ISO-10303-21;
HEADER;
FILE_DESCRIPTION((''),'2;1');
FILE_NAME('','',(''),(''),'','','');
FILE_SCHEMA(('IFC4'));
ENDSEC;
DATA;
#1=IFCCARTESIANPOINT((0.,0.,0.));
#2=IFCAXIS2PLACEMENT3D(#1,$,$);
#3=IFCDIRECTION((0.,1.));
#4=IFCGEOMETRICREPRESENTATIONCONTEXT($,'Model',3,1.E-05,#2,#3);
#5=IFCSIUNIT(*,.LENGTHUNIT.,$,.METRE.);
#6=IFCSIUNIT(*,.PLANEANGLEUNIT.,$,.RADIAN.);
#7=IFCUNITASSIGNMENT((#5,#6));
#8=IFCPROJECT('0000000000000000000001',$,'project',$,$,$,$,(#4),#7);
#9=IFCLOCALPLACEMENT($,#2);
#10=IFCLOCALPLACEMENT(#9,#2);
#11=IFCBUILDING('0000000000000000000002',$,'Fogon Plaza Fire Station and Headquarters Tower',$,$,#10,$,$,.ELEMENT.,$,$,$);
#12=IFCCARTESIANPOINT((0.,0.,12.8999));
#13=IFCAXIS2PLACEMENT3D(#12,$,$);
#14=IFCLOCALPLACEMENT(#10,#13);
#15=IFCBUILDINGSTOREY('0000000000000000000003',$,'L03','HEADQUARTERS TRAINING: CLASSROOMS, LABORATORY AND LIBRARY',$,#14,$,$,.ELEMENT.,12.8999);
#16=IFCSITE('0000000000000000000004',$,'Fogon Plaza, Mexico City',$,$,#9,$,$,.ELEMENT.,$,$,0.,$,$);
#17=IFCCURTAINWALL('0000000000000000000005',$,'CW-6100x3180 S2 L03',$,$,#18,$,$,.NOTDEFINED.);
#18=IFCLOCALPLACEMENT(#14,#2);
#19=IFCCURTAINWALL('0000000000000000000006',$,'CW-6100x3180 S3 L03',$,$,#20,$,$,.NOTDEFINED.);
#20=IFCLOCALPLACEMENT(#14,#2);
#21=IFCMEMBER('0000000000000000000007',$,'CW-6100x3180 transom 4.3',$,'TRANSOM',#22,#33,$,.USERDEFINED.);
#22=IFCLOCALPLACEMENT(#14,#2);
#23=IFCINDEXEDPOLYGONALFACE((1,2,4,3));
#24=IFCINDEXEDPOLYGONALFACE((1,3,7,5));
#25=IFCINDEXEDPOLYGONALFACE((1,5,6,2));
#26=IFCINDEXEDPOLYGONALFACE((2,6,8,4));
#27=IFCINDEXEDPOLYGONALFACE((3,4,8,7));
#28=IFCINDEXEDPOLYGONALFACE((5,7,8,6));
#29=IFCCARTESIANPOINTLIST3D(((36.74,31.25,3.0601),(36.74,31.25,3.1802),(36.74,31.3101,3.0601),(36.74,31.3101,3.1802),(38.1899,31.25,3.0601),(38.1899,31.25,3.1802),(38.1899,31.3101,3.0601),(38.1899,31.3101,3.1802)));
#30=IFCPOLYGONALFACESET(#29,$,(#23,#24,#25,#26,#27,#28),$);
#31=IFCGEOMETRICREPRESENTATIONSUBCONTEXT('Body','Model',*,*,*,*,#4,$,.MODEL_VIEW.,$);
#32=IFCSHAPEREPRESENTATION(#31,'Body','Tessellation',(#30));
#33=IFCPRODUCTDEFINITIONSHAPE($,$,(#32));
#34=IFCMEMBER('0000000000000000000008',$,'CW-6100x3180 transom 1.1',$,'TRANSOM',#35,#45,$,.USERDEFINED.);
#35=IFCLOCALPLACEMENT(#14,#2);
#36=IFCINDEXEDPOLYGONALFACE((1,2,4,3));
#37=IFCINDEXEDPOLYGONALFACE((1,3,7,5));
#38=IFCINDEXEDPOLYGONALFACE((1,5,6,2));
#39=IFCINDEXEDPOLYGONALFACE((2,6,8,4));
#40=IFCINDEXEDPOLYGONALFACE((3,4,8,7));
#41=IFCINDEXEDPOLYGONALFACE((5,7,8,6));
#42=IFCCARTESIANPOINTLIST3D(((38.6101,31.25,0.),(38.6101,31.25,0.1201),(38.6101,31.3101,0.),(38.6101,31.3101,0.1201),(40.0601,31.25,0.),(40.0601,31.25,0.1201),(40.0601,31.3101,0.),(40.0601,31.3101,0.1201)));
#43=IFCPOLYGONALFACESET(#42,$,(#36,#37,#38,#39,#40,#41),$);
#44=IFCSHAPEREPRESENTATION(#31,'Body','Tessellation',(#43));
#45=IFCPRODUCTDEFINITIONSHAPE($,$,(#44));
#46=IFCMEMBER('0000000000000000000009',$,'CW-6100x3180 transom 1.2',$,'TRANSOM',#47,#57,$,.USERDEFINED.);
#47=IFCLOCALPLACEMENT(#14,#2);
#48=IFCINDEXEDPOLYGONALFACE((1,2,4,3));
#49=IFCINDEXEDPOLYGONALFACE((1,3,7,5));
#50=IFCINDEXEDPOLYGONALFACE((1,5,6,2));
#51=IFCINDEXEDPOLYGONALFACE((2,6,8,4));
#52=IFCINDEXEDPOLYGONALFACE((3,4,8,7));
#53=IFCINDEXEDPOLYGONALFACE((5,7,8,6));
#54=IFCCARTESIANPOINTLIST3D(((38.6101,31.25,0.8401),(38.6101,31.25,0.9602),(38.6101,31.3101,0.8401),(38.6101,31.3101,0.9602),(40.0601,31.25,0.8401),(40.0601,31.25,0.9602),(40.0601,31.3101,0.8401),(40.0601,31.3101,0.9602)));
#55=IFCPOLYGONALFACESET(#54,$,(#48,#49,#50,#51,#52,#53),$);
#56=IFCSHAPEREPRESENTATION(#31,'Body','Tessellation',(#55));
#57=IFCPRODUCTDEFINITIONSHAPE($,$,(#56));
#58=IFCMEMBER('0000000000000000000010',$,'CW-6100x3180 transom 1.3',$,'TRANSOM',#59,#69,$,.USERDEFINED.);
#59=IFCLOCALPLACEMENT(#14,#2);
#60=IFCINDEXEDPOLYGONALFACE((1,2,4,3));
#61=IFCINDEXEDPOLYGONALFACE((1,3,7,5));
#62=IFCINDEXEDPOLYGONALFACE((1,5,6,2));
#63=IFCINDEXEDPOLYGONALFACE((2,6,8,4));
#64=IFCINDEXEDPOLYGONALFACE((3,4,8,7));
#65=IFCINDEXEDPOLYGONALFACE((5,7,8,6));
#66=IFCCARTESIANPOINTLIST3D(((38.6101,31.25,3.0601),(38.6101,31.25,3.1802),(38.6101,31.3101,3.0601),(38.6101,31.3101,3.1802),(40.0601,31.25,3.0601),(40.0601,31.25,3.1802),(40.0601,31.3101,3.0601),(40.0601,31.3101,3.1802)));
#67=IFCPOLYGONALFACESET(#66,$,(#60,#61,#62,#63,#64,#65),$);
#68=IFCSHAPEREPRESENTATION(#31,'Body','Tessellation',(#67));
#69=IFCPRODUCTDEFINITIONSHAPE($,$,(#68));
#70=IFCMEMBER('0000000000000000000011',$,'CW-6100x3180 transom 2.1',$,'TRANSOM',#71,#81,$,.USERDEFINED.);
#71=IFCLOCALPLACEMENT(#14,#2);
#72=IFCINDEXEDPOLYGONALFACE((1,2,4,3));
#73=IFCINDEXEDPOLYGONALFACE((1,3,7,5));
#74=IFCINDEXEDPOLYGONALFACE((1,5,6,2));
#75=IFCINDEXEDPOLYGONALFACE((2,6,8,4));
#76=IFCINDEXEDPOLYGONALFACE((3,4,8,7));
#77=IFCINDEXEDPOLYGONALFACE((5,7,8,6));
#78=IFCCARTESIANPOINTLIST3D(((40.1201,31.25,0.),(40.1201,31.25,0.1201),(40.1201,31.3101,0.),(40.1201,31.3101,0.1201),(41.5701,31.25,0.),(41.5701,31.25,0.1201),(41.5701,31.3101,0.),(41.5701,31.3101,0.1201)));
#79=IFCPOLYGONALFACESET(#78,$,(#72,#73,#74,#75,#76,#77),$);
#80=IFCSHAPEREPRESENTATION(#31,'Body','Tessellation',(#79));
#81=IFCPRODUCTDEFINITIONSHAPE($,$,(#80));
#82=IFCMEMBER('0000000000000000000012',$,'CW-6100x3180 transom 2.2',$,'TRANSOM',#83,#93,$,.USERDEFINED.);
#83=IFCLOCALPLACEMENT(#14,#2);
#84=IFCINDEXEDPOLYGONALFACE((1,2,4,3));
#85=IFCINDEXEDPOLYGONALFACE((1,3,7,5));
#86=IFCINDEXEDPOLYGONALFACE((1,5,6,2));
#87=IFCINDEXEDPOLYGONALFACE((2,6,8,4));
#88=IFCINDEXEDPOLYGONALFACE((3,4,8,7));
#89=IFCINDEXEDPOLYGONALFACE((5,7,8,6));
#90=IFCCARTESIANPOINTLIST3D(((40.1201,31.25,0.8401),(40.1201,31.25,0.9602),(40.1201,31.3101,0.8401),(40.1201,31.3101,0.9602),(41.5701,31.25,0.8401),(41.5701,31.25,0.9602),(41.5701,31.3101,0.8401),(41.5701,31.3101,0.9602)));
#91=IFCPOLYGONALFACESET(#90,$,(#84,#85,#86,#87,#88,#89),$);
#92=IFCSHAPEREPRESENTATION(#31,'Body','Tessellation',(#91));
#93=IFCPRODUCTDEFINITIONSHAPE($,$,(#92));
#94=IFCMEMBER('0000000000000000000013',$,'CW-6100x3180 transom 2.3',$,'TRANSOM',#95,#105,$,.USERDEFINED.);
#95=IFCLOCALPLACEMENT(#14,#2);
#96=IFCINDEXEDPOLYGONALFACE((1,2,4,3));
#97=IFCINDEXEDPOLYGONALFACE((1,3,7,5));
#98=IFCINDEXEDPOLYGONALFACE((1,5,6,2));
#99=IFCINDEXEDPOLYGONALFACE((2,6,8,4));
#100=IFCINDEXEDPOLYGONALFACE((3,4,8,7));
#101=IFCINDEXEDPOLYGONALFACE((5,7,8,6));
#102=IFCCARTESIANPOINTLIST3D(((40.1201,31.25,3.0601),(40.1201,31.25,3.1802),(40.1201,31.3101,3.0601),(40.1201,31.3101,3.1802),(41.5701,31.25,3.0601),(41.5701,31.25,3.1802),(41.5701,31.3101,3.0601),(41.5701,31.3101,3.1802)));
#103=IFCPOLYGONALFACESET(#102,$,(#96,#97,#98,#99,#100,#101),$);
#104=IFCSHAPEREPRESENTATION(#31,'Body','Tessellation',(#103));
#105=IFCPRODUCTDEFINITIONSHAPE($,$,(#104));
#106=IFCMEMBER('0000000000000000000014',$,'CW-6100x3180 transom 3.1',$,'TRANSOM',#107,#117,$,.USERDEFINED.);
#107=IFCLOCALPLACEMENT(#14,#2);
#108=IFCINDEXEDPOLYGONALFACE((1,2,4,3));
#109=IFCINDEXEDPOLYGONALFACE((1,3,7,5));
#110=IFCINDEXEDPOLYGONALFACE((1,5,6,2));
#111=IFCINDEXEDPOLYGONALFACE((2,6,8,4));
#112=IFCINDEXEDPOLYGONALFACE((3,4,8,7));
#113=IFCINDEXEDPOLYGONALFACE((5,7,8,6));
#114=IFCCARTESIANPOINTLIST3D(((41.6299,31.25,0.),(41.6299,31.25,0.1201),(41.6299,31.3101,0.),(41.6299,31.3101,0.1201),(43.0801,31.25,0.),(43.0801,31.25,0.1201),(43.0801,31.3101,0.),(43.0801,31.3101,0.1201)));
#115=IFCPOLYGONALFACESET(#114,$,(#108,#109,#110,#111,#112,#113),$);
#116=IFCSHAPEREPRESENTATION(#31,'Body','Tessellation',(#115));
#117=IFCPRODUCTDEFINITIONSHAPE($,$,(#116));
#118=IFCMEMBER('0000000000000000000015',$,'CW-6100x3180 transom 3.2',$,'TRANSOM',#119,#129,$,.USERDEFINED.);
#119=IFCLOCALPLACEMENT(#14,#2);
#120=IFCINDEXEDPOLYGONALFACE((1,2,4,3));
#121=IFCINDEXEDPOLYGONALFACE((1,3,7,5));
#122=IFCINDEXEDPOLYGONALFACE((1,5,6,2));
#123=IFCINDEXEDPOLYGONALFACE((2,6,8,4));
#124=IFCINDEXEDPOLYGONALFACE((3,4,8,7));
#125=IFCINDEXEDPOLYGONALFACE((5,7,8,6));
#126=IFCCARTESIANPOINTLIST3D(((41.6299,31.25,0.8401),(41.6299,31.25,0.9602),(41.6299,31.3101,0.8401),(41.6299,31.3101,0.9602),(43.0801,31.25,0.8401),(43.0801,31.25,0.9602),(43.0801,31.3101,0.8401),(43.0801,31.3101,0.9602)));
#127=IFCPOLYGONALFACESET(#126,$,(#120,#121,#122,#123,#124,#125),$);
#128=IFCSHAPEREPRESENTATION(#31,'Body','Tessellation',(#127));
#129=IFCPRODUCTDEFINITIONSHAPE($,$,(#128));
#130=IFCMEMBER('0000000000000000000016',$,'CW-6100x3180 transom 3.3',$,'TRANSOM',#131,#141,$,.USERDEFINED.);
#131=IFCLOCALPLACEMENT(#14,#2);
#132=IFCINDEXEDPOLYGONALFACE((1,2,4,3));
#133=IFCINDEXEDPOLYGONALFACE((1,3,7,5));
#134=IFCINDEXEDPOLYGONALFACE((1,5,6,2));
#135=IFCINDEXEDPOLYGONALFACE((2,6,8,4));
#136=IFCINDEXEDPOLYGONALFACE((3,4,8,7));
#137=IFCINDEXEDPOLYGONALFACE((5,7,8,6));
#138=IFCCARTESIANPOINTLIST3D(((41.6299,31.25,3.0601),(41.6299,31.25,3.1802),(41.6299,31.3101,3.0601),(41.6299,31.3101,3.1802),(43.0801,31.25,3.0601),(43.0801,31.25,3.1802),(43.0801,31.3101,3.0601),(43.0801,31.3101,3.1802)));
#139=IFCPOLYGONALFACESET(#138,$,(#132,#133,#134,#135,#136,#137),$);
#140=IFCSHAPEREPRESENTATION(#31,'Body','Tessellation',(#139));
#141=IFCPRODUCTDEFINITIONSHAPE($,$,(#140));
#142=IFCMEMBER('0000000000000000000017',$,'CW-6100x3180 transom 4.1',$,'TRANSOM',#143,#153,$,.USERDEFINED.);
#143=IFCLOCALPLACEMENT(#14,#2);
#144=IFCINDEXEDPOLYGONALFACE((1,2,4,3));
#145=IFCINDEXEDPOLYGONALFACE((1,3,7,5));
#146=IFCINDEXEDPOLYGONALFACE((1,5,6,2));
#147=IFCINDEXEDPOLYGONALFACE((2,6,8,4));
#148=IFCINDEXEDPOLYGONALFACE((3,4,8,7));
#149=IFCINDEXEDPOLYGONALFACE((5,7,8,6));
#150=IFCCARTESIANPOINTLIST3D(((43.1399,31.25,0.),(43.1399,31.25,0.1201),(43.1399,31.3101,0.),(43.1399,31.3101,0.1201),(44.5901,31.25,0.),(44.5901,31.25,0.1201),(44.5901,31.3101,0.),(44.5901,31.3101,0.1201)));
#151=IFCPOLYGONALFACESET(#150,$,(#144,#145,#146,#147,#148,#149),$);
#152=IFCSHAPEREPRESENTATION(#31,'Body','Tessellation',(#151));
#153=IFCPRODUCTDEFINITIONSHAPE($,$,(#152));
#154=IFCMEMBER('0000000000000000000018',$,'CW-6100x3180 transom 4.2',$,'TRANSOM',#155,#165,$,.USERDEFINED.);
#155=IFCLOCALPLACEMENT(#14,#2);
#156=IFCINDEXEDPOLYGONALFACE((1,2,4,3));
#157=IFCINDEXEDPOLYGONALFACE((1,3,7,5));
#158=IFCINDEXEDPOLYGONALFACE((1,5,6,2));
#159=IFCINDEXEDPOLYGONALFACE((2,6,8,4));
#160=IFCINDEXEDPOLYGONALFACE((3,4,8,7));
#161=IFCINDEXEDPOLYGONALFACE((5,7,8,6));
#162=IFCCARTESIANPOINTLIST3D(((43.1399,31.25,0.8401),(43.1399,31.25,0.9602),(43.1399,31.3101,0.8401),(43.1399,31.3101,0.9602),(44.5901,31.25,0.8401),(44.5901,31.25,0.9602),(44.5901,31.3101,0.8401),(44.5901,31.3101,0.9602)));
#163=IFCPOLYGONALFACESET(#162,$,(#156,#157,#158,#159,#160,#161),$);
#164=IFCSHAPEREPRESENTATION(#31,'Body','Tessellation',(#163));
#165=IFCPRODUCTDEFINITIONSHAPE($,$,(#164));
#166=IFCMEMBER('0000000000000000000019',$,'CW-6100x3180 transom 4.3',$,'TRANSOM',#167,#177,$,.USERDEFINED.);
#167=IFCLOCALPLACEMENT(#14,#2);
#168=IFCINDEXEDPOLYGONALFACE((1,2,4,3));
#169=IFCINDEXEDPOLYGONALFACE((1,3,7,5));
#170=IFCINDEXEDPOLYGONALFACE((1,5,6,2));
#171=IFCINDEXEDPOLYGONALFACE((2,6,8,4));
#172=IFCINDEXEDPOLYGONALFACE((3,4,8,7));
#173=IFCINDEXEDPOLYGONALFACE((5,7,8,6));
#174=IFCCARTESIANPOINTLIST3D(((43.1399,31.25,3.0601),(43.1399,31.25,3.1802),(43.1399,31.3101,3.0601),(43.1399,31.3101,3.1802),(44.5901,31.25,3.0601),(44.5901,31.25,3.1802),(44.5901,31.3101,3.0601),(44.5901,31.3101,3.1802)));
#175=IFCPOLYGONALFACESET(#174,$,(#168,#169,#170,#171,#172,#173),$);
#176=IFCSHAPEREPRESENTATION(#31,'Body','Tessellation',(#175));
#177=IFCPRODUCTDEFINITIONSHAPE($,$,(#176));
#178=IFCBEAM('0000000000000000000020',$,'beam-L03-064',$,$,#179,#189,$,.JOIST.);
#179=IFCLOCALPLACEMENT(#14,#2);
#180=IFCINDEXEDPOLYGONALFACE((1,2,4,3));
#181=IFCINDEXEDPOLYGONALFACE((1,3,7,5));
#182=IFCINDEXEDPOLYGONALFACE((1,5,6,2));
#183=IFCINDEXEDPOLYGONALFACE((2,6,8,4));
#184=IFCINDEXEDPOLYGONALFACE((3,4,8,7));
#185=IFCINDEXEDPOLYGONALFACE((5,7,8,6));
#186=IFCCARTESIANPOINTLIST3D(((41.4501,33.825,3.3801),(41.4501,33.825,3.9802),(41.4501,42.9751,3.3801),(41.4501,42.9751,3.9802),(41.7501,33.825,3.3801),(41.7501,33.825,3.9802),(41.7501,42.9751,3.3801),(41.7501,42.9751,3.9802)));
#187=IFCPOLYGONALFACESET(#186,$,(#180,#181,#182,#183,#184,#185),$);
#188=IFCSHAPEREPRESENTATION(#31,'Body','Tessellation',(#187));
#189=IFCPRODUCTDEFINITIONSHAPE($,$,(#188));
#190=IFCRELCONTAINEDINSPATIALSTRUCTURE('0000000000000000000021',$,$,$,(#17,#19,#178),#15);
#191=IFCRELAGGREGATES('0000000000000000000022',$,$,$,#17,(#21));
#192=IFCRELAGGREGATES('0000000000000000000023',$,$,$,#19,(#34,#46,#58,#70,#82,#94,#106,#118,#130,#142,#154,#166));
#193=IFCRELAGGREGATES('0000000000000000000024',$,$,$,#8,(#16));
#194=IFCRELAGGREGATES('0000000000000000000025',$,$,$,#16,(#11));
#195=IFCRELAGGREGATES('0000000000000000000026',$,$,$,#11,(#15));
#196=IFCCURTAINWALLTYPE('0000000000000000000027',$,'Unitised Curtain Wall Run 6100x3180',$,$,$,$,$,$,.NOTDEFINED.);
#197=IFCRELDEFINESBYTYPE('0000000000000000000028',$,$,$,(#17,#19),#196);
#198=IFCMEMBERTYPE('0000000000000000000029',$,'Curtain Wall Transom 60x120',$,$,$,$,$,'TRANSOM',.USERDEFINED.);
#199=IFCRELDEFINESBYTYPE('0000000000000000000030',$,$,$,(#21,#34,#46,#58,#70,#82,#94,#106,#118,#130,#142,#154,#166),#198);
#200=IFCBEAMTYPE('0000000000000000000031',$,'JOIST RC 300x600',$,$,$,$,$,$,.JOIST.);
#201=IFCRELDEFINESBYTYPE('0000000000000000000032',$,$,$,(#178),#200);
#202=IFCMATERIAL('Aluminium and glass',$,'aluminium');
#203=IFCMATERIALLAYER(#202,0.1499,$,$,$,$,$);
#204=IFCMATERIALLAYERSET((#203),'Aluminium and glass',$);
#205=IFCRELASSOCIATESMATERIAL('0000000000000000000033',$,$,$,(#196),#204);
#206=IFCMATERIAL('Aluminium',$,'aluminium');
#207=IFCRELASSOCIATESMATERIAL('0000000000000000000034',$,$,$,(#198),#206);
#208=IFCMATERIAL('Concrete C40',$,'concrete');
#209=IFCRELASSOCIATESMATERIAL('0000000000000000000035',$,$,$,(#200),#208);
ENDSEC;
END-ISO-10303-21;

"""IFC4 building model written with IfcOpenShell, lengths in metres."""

from ifc_helpers import new_model, si_unit, direction, frame, origin, origin_2d, place, context, subcontext, project, spatial, rectangle, extrude, material, layer, layer_set, material_profile, profile_set, type_object, element, aggregate, save


model = new_model("IFC4")

# Units and contexts
model_context = context("Model", 3, precision=1e-05, world=origin(), true_north=direction((0.0, 1.0)))
body_context = subcontext(model_context, "Body", "Model", "MODEL_VIEW")
ifc_project = project(units=[si_unit("LENGTHUNIT", "METRE"), si_unit("PLANEANGLEUNIT", "RADIAN")], contexts=[model_context])

# Site, building, storey
site_placement = place(None, origin())
site = spatial("IfcSite", under=ifc_project, at=site_placement, Name="Fogon Plaza, Mexico City", CompositionType="ELEMENT", RefElevation=0.0)
building_placement = place(site_placement, origin())
building = spatial("IfcBuilding", under=site, at=building_placement, Name="Fogon Plaza Fire Station and Headquarters Tower", CompositionType="ELEMENT")
storey_placement = place(building_placement, frame((0.0, 0.0, 12.8999)))
storey = spatial("IfcBuildingStorey", under=building, at=storey_placement, Name="L03", Description="HEADQUARTERS TRAINING: CLASSROOMS, LABORATORY AND LIBRARY", CompositionType="ELEMENT", Elevation=12.8999)

# Curtain walls
ifc_material_1 = material(Name="Aluminium and glass", Category="aluminium")
ifc_layer_1 = layer(ifc_material_1, 0.1499)
ifc_layer_set_1 = layer_set([ifc_layer_1], Name="Aluminium and glass")
curtain_wall_type = type_object("IfcCurtainWallType", Name="Unitised Curtain Wall Run 6100x3180", PredefinedType="NOTDEFINED", material=ifc_layer_set_1)
curtain_wall_1_placement = place(storey_placement, origin())
curtain_wall_1 = element("IfcCurtainWall", 1, at=curtain_wall_1_placement, inside=storey, type_object=curtain_wall_type, Name="CW-6100x3180 S2 L03", PredefinedType="NOTDEFINED")
curtain_wall_2_placement = place(storey_placement, origin())
curtain_wall_2 = element("IfcCurtainWall", 2, at=curtain_wall_2_placement, inside=storey, type_object=curtain_wall_type, Name="CW-6100x3180 S3 L03", PredefinedType="NOTDEFINED")

# Members
ifc_material_2 = material(Name="Aluminium", Category="aluminium")
ifc_material_profile_1 = material_profile(ifc_material_2, rectangle(XDim=0.0601, YDim=0.1201, at=origin_2d()), Name="Curtain Wall Transom 60x120")
ifc_profile_set_1 = profile_set([ifc_material_profile_1], Name="Aluminium")
member_type_1 = type_object("IfcMemberType", Name="Curtain Wall Transom 60x120", ElementType="TRANSOM", PredefinedType="USERDEFINED", material=ifc_profile_set_1)
member_1_placement = place(storey_placement, frame((36.74, 31.28, 3.1201), z_axis=(1.0, 0.0, 0.0), x_axis=(0.0, 1.0, 0.0)))
member_1 = element("IfcMember", 3, at=member_1_placement, type_object=member_type_1, Name="CW-6100x3180 transom 4.3", ObjectType="TRANSOM", PredefinedType="USERDEFINED", context=body_context, shape_type="SweptSolid", body=[
    extrude(rectangle(XDim=0.0601, YDim=0.1201, at=origin_2d()), origin(), (0.0, 0.0, 1.0), 1.45),
])
member_2_placement = place(storey_placement, frame((38.6101, 31.28, 0.0601), z_axis=(1.0, 0.0, 0.0), x_axis=(0.0, 1.0, 0.0)))
member_2 = element("IfcMember", 4, at=member_2_placement, type_object=member_type_1, Name="CW-6100x3180 transom 1.1", ObjectType="TRANSOM", PredefinedType="USERDEFINED", context=body_context, shape_type="SweptSolid", body=[
    extrude(rectangle(XDim=0.0601, YDim=0.1201, at=origin_2d()), origin(), (0.0, 0.0, 1.0), 1.45),
])
member_3_placement = place(storey_placement, frame((38.6101, 31.28, 0.9001), z_axis=(1.0, 0.0, 0.0), x_axis=(0.0, 1.0, 0.0)))
member_3 = element("IfcMember", 5, at=member_3_placement, type_object=member_type_1, Name="CW-6100x3180 transom 1.2", ObjectType="TRANSOM", PredefinedType="USERDEFINED", context=body_context, shape_type="SweptSolid", body=[
    extrude(rectangle(XDim=0.0601, YDim=0.1201, at=origin_2d()), origin(), (0.0, 0.0, 1.0), 1.45),
])
member_4_placement = place(storey_placement, frame((38.6101, 31.28, 3.1201), z_axis=(1.0, 0.0, 0.0), x_axis=(0.0, 1.0, 0.0)))
member_4 = element("IfcMember", 6, at=member_4_placement, type_object=member_type_1, Name="CW-6100x3180 transom 1.3", ObjectType="TRANSOM", PredefinedType="USERDEFINED", context=body_context, shape_type="SweptSolid", body=[
    extrude(rectangle(XDim=0.0601, YDim=0.1201, at=origin_2d()), origin(), (0.0, 0.0, 1.0), 1.45),
])
member_5_placement = place(storey_placement, frame((40.1201, 31.28, 0.0601), z_axis=(1.0, 0.0, 0.0), x_axis=(0.0, 1.0, 0.0)))
member_5 = element("IfcMember", 7, at=member_5_placement, type_object=member_type_1, Name="CW-6100x3180 transom 2.1", ObjectType="TRANSOM", PredefinedType="USERDEFINED", context=body_context, shape_type="SweptSolid", body=[
    extrude(rectangle(XDim=0.0601, YDim=0.1201, at=origin_2d()), origin(), (0.0, 0.0, 1.0), 1.45),
])
member_6_placement = place(storey_placement, frame((40.1201, 31.28, 0.9001), z_axis=(1.0, 0.0, 0.0), x_axis=(0.0, 1.0, 0.0)))
member_6 = element("IfcMember", 8, at=member_6_placement, type_object=member_type_1, Name="CW-6100x3180 transom 2.2", ObjectType="TRANSOM", PredefinedType="USERDEFINED", context=body_context, shape_type="SweptSolid", body=[
    extrude(rectangle(XDim=0.0601, YDim=0.1201, at=origin_2d()), origin(), (0.0, 0.0, 1.0), 1.45),
])
member_7_placement = place(storey_placement, frame((40.1201, 31.28, 3.1201), z_axis=(1.0, 0.0, 0.0), x_axis=(0.0, 1.0, 0.0)))
member_7 = element("IfcMember", 9, at=member_7_placement, type_object=member_type_1, Name="CW-6100x3180 transom 2.3", ObjectType="TRANSOM", PredefinedType="USERDEFINED", context=body_context, shape_type="SweptSolid", body=[
    extrude(rectangle(XDim=0.0601, YDim=0.1201, at=origin_2d()), origin(), (0.0, 0.0, 1.0), 1.45),
])
member_8_placement = place(storey_placement, frame((41.6299, 31.28, 0.0601), z_axis=(1.0, 0.0, 0.0), x_axis=(0.0, 1.0, 0.0)))
member_8 = element("IfcMember", 10, at=member_8_placement, type_object=member_type_1, Name="CW-6100x3180 transom 3.1", ObjectType="TRANSOM", PredefinedType="USERDEFINED", context=body_context, shape_type="SweptSolid", body=[
    extrude(rectangle(XDim=0.0601, YDim=0.1201, at=origin_2d()), origin(), (0.0, 0.0, 1.0), 1.4502),
])
member_9_placement = place(storey_placement, frame((41.6299, 31.28, 0.9001), z_axis=(1.0, 0.0, 0.0), x_axis=(0.0, 1.0, 0.0)))
member_9 = element("IfcMember", 11, at=member_9_placement, type_object=member_type_1, Name="CW-6100x3180 transom 3.2", ObjectType="TRANSOM", PredefinedType="USERDEFINED", context=body_context, shape_type="SweptSolid", body=[
    extrude(rectangle(XDim=0.0601, YDim=0.1201, at=origin_2d()), origin(), (0.0, 0.0, 1.0), 1.4502),
])
member_10_placement = place(storey_placement, frame((41.6299, 31.28, 3.1201), z_axis=(1.0, 0.0, 0.0), x_axis=(0.0, 1.0, 0.0)))
member_10 = element("IfcMember", 12, at=member_10_placement, type_object=member_type_1, Name="CW-6100x3180 transom 3.3", ObjectType="TRANSOM", PredefinedType="USERDEFINED", context=body_context, shape_type="SweptSolid", body=[
    extrude(rectangle(XDim=0.0601, YDim=0.1201, at=origin_2d()), origin(), (0.0, 0.0, 1.0), 1.4502),
])
member_11_placement = place(storey_placement, frame((43.1399, 31.28, 0.0601), z_axis=(1.0, 0.0, 0.0), x_axis=(0.0, 1.0, 0.0)))
member_11 = element("IfcMember", 13, at=member_11_placement, type_object=member_type_1, Name="CW-6100x3180 transom 4.1", ObjectType="TRANSOM", PredefinedType="USERDEFINED", context=body_context, shape_type="SweptSolid", body=[
    extrude(rectangle(XDim=0.0601, YDim=0.1201, at=origin_2d()), origin(), (0.0, 0.0, 1.0), 1.4502),
])
member_12_placement = place(storey_placement, frame((43.1399, 31.28, 0.9001), z_axis=(1.0, 0.0, 0.0), x_axis=(0.0, 1.0, 0.0)))
member_12 = element("IfcMember", 14, at=member_12_placement, type_object=member_type_1, Name="CW-6100x3180 transom 4.2", ObjectType="TRANSOM", PredefinedType="USERDEFINED", context=body_context, shape_type="SweptSolid", body=[
    extrude(rectangle(XDim=0.0601, YDim=0.1201, at=origin_2d()), origin(), (0.0, 0.0, 1.0), 1.4502),
])
member_13_placement = place(storey_placement, frame((43.1399, 31.28, 3.1201), z_axis=(1.0, 0.0, 0.0), x_axis=(0.0, 1.0, 0.0)))
member_13 = element("IfcMember", 15, at=member_13_placement, type_object=member_type_1, Name="CW-6100x3180 transom 4.3", ObjectType="TRANSOM", PredefinedType="USERDEFINED", context=body_context, shape_type="SweptSolid", body=[
    extrude(rectangle(XDim=0.0601, YDim=0.1201, at=origin_2d()), origin(), (0.0, 0.0, 1.0), 1.4502),
])

# Beam
ifc_material_3 = material(Name="Concrete C40", Category="concrete")
ifc_material_profile_2 = material_profile(ifc_material_3, rectangle(XDim=0.3, YDim=0.6001, at=origin_2d()), Name="RC 300x600")
ifc_profile_set_2 = profile_set([ifc_material_profile_2], Name="Concrete C40")
beam_type_1 = type_object("IfcBeamType", Name="JOIST RC 300x600", PredefinedType="JOIST", material=ifc_profile_set_2)
beam_1_placement = place(storey_placement, frame((41.6001, 33.825, 3.6802), z_axis=(0.0, 1.0, 0.0), x_axis=(-1.0, 0.0, 0.0)))
element("IfcBeam", 16, at=beam_1_placement, inside=storey, type_object=beam_type_1, Name="beam-L03-064", PredefinedType="JOIST", context=body_context, shape_type="SweptSolid", body=[
    extrude(rectangle(XDim=0.3, YDim=0.6001, at=origin_2d()), origin(), (0.0, 0.0, 1.0), 9.1501),
])

aggregate(curtain_wall_1, [member_1])
aggregate(curtain_wall_2, [member_2, member_3, member_4, member_5, member_6, member_7, member_8, member_9, member_10, member_11, member_12, member_13])

save(model, "model.ifc")
